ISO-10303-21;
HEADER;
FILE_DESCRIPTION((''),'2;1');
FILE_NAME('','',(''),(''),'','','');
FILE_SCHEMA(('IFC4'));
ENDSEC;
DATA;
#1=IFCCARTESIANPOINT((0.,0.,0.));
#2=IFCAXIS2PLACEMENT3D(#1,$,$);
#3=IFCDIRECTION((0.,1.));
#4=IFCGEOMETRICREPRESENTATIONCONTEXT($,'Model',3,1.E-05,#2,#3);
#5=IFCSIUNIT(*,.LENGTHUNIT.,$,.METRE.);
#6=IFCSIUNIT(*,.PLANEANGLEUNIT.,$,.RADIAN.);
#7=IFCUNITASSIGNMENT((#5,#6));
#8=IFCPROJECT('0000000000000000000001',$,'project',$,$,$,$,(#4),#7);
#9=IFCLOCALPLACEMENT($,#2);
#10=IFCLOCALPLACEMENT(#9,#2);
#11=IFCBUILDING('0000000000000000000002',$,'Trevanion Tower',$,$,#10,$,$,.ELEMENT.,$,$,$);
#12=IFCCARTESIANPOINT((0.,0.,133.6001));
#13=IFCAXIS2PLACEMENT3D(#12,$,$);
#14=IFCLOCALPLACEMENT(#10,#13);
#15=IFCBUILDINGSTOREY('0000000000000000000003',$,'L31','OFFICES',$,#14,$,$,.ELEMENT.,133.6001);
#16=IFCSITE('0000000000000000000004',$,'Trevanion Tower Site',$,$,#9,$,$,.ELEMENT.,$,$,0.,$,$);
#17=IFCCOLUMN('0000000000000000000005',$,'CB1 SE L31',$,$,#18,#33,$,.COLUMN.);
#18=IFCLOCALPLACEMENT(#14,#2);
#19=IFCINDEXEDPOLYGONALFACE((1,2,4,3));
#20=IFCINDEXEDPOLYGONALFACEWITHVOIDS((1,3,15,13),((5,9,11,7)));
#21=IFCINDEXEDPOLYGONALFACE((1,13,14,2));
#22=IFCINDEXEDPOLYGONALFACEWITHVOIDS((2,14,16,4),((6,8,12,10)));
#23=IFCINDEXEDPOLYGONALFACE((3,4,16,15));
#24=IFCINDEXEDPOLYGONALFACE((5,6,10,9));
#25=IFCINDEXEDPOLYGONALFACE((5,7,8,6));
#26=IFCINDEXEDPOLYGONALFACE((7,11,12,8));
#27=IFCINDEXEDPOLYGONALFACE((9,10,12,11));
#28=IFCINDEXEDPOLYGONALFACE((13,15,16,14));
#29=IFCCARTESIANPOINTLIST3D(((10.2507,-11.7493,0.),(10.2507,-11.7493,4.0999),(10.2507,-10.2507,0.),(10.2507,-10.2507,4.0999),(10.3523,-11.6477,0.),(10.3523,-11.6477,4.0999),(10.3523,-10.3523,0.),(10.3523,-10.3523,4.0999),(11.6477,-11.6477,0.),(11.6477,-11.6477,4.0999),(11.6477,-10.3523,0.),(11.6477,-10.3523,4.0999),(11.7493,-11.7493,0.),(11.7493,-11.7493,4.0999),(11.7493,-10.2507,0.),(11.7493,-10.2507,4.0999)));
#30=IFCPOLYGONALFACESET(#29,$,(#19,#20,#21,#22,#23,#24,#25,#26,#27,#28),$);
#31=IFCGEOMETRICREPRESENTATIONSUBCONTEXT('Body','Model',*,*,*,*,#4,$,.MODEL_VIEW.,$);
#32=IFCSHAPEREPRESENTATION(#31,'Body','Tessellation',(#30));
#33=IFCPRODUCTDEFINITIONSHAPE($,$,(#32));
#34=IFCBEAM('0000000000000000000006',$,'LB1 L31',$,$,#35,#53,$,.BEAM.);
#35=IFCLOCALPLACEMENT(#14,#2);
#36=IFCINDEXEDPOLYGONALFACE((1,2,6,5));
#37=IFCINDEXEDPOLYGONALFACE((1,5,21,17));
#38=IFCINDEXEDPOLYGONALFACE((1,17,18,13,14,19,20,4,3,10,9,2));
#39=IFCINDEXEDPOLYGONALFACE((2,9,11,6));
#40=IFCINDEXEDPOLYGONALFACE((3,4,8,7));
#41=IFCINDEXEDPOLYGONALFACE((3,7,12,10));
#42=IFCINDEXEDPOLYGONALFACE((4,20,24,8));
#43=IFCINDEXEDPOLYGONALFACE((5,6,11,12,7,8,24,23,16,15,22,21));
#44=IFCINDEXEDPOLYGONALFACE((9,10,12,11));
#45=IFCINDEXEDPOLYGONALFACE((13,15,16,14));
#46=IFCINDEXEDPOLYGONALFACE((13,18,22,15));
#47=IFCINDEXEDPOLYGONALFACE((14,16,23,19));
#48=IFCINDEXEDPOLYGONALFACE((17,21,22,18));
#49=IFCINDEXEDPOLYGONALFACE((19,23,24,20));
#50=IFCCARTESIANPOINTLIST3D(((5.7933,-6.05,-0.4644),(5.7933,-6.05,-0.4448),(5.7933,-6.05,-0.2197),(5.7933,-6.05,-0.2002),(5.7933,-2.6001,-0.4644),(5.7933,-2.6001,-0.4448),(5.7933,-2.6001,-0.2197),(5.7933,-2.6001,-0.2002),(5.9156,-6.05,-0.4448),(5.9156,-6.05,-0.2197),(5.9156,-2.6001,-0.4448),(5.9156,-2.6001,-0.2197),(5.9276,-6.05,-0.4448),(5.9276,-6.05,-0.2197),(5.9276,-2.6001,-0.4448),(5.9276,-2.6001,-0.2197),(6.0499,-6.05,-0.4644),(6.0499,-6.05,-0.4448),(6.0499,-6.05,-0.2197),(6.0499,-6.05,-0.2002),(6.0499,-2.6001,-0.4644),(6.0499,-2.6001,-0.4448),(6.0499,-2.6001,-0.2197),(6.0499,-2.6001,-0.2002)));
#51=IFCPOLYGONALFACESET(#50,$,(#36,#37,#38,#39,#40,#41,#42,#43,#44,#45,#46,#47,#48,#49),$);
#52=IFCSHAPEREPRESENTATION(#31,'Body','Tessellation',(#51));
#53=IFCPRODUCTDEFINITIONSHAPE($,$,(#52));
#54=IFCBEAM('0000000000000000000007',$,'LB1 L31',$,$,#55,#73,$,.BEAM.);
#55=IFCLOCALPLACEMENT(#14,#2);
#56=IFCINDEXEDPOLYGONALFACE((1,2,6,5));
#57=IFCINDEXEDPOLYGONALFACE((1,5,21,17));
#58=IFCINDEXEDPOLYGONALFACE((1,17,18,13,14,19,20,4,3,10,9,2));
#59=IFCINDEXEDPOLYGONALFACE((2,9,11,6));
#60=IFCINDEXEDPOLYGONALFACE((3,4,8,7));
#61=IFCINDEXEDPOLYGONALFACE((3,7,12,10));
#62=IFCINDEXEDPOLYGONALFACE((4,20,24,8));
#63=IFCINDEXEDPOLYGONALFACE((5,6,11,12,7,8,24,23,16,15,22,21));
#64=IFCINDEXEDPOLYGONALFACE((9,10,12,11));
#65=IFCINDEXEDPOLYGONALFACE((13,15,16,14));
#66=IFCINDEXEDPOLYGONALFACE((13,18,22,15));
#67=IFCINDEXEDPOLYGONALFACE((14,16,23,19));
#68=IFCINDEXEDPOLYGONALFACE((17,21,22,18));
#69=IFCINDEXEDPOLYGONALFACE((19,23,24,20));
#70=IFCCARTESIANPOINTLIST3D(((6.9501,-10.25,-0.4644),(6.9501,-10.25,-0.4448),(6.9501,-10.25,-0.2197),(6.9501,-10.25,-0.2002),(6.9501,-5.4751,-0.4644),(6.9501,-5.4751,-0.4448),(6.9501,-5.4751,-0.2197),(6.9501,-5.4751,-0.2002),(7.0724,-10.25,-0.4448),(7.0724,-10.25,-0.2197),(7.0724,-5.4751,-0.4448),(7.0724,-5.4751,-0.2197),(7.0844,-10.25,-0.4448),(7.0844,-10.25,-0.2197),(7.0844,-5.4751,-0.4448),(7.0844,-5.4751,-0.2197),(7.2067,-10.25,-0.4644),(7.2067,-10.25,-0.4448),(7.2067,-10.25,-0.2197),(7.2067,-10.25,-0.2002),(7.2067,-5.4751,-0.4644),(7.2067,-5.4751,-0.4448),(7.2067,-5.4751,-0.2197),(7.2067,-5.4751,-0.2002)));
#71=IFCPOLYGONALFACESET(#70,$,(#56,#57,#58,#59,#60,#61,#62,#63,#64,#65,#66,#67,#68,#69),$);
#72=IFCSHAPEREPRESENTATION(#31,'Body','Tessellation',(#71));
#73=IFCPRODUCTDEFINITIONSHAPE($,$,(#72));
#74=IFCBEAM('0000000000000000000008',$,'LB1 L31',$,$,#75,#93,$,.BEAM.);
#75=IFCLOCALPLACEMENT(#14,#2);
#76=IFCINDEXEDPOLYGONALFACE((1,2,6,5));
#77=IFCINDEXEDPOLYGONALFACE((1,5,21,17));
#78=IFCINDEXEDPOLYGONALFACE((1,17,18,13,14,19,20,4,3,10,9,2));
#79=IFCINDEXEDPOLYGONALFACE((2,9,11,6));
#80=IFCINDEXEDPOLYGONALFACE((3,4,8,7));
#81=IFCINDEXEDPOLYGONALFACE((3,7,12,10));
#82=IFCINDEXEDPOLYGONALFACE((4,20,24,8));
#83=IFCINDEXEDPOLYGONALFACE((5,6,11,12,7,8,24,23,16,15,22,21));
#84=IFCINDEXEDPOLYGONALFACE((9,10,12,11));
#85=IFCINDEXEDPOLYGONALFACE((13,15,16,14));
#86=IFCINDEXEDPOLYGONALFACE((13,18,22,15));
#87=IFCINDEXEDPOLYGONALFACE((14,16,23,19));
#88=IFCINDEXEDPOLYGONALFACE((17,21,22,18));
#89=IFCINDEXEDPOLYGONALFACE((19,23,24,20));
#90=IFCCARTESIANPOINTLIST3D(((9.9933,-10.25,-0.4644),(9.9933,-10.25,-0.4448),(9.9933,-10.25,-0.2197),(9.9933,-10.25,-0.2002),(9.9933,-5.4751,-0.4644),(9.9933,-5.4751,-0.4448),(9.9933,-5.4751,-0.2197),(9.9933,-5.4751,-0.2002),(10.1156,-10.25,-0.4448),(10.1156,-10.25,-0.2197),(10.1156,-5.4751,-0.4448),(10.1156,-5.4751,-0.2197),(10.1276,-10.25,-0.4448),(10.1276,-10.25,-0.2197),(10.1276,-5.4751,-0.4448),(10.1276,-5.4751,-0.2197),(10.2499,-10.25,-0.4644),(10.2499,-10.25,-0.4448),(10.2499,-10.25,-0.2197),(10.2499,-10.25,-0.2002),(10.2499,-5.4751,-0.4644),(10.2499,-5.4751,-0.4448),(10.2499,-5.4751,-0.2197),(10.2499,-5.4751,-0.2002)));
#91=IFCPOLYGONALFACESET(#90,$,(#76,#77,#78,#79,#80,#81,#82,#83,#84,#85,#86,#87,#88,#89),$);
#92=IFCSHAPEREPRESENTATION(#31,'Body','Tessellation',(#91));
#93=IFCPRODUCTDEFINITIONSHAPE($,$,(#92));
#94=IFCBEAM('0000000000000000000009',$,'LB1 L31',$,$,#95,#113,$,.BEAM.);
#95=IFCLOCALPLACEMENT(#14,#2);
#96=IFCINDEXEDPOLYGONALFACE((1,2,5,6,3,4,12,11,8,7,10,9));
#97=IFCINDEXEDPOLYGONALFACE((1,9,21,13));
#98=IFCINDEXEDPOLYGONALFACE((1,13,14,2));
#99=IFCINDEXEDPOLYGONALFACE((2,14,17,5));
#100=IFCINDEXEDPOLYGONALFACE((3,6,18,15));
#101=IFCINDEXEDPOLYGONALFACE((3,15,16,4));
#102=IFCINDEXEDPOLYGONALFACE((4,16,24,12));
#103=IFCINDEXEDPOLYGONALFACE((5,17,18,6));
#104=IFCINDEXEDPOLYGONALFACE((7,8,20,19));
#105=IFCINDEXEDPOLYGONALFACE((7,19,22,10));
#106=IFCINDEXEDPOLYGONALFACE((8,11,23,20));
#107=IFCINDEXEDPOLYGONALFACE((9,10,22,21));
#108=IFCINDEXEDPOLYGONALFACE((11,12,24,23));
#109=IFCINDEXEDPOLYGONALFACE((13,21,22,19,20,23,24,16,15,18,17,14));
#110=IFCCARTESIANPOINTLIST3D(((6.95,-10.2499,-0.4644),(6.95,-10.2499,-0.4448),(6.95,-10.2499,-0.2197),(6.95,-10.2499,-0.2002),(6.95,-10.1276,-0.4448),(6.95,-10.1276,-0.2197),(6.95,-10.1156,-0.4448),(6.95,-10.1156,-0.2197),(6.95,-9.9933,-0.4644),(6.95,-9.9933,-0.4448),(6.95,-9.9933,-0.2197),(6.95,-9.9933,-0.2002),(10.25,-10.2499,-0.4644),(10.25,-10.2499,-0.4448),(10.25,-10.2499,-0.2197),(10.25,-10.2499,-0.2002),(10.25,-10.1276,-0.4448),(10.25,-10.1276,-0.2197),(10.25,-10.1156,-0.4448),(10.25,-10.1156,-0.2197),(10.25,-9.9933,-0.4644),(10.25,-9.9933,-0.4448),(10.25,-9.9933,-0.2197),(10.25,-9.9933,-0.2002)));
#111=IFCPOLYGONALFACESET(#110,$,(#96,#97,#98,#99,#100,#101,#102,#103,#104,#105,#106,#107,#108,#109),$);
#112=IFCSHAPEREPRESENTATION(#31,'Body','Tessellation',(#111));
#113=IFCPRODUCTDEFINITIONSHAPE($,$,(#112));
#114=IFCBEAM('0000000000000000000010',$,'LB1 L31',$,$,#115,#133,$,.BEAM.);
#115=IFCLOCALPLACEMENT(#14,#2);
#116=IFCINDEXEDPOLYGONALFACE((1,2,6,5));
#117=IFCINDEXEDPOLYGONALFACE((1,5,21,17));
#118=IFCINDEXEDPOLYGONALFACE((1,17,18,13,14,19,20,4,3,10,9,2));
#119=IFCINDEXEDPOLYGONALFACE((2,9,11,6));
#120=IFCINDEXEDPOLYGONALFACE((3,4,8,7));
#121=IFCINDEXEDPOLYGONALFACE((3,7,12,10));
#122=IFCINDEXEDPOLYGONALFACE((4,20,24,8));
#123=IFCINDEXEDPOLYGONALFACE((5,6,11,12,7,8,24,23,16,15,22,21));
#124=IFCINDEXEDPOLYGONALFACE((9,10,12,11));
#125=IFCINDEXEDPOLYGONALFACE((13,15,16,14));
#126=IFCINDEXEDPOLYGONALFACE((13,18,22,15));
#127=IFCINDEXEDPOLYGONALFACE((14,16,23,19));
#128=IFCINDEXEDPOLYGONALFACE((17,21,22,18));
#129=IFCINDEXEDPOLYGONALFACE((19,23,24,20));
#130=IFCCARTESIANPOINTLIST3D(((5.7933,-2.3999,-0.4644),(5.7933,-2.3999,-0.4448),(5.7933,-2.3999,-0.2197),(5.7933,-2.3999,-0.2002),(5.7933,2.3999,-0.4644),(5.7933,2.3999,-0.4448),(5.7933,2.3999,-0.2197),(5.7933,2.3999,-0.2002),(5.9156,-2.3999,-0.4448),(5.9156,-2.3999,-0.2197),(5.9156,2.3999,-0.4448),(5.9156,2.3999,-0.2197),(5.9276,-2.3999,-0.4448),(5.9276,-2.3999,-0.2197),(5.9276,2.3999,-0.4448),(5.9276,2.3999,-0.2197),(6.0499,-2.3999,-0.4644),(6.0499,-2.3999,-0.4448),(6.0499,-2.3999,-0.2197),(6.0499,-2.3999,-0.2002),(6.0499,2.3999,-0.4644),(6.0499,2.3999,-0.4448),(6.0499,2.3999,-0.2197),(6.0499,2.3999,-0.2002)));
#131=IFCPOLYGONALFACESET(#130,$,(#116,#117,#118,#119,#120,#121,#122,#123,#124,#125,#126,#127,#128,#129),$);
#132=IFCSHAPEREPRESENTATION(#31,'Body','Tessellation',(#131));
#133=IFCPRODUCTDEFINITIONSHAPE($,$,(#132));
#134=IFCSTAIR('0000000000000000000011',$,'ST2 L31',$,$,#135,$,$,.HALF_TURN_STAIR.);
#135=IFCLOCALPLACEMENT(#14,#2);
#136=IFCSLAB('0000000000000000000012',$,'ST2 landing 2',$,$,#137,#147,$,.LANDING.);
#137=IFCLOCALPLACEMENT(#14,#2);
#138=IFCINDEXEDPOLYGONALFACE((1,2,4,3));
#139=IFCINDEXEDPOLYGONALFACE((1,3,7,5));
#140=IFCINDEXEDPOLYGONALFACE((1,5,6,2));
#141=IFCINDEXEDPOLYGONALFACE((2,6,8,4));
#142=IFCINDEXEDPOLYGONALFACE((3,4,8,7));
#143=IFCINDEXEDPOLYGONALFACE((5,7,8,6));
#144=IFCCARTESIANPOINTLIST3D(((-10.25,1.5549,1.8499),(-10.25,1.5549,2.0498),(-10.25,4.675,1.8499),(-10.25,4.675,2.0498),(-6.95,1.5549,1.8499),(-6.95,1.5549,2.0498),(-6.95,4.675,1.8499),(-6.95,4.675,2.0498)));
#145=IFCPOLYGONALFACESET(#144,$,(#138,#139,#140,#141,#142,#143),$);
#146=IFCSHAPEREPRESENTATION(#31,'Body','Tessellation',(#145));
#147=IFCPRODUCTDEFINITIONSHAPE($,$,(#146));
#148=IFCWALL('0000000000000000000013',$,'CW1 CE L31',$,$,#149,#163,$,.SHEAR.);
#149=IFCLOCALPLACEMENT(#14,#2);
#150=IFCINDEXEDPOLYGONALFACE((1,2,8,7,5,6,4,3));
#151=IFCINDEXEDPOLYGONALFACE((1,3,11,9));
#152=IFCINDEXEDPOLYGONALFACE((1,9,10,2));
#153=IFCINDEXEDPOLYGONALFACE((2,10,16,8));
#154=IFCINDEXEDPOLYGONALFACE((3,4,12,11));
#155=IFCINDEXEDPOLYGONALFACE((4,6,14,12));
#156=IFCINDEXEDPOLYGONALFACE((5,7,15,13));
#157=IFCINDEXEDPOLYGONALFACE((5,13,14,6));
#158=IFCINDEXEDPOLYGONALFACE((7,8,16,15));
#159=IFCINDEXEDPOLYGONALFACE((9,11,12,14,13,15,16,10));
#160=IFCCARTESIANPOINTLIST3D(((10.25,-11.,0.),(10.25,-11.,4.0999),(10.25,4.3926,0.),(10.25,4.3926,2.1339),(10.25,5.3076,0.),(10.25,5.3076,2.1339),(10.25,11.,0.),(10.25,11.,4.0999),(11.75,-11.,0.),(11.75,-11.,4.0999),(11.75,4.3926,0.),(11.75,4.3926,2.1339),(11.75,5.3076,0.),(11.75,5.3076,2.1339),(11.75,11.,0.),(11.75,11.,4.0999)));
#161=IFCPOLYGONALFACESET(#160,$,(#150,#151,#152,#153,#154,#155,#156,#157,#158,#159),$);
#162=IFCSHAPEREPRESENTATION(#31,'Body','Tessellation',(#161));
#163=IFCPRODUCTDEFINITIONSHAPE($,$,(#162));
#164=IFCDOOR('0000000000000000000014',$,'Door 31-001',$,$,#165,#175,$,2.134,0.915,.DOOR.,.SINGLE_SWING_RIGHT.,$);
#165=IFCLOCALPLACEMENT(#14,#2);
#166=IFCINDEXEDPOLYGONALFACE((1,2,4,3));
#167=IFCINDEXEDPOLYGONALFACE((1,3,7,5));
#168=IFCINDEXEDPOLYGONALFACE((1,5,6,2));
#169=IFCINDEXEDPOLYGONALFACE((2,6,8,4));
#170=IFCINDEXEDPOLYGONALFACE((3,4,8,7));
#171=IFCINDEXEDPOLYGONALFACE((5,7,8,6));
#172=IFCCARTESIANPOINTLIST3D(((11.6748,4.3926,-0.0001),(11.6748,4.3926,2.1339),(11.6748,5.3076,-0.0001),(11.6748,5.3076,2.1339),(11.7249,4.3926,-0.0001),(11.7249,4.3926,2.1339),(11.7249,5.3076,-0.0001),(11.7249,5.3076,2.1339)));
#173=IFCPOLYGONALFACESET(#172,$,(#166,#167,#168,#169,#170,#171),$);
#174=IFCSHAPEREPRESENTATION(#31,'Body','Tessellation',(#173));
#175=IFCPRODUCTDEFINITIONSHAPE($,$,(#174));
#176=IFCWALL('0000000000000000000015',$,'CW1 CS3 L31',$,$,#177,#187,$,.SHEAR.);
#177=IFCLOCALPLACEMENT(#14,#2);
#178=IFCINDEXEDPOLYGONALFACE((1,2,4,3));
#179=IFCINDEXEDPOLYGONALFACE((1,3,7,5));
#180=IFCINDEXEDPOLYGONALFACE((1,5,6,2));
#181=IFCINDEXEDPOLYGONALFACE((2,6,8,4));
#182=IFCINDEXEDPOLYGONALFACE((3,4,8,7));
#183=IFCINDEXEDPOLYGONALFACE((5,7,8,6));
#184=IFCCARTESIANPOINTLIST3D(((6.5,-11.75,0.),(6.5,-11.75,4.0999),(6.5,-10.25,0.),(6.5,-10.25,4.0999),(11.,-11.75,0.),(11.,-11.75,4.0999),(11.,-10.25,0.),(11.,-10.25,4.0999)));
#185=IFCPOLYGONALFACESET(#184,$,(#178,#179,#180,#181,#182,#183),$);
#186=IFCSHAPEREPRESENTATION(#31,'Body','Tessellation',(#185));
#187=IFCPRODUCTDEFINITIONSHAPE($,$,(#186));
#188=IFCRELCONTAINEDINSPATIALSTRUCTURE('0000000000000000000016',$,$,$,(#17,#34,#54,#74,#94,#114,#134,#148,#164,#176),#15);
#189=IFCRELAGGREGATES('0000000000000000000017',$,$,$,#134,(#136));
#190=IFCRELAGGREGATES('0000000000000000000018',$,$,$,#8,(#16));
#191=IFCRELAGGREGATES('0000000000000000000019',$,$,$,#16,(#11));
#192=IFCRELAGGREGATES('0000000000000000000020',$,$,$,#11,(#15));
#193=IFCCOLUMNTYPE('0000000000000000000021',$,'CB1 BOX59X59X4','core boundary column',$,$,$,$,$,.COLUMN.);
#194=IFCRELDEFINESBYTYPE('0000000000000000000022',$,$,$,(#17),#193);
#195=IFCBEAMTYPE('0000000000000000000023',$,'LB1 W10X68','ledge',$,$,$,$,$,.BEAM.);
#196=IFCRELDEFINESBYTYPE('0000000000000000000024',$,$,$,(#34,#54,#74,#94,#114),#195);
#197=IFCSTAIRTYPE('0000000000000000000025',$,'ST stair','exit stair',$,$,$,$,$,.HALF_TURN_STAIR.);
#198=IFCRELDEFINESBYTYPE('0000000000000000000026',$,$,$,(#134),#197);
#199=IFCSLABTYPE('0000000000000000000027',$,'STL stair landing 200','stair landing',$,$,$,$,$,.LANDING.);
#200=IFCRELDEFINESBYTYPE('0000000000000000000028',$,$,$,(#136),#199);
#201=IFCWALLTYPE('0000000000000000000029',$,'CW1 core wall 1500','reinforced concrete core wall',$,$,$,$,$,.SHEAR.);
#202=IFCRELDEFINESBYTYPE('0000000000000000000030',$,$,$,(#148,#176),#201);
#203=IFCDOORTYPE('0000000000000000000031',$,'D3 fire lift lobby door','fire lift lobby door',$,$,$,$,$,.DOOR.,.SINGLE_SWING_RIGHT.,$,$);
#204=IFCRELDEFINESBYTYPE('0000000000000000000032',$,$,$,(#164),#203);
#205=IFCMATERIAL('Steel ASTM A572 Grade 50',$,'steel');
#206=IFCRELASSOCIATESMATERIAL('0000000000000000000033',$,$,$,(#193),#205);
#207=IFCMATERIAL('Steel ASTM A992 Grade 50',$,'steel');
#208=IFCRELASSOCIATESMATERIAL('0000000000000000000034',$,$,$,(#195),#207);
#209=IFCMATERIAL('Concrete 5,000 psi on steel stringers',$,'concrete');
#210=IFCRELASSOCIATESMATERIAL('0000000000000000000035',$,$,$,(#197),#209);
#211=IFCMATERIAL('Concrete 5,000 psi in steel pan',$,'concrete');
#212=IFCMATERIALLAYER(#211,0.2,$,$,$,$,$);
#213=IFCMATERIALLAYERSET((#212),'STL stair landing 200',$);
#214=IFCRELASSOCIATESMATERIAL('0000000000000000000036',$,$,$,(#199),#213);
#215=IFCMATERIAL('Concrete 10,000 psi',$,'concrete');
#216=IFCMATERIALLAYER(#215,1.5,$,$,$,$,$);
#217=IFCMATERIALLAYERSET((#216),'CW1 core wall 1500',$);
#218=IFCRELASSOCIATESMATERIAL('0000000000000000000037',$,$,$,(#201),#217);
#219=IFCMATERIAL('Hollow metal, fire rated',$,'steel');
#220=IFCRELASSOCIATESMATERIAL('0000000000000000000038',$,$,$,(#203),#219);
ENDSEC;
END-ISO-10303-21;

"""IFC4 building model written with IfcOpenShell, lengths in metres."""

from ifc_helpers import new_model, si_unit, direction, frame, frame_2d, origin, origin_2d, place, context, subcontext, project, spatial, polyline, rectangle, hollow_rectangle, i_section, outline, extrude, material, layer, layer_set, material_profile, profile_set, type_object, element, fill, aggregate, save


model = new_model("IFC4")

# Units and contexts
model_context = context("Model", 3, precision=1e-05, world=origin(), true_north=direction((0.0, 1.0)))
body_context = subcontext(model_context, "Body", "Model", "MODEL_VIEW")
ifc_project = project(units=[si_unit("LENGTHUNIT", "METRE"), si_unit("PLANEANGLEUNIT", "RADIAN")], contexts=[model_context])

# Site, building, storey
site_placement = place(None, origin())
site = spatial("IfcSite", under=ifc_project, at=site_placement, Name="Trevanion Tower Site", CompositionType="ELEMENT", RefElevation=0.0)
building_placement = place(site_placement, origin())
building = spatial("IfcBuilding", under=site, at=building_placement, Name="Trevanion Tower", CompositionType="ELEMENT")
storey_placement = place(building_placement, frame((0.0, 0.0, 133.6001)))
storey = spatial("IfcBuildingStorey", under=building, at=storey_placement, Name="L31", Description="OFFICES", CompositionType="ELEMENT", Elevation=133.6001)

# Column
ifc_material_1 = material(Name="Steel ASTM A572 Grade 50", Category="steel")
ifc_material_profile_1 = material_profile(ifc_material_1, hollow_rectangle(XDim=1.4985, YDim=1.4985, WallThickness=0.1016, at=origin_2d()), Name="BOX59X59X4")
ifc_profile_set_1 = profile_set([ifc_material_profile_1], Name="Steel ASTM A572 Grade 50")
column_type = type_object("IfcColumnType", Name="CB1 BOX59X59X4", Description="core boundary column", PredefinedType="COLUMN", material=ifc_profile_set_1)
column_placement = place(storey_placement, frame((11.0, -11.0, 0.0), z_axis=(0.0, 0.0, 1.0), x_axis=(1.0, 0.0, 0.0)))
element("IfcColumn", 1, at=column_placement, inside=storey, type_object=column_type, Name="CB1 SE L31", PredefinedType="COLUMN", context=body_context, shape_type="SweptSolid", body=[
    extrude(hollow_rectangle(XDim=1.4985, YDim=1.4985, WallThickness=0.1016, at=origin_2d()), origin(), (0.0, 0.0, 1.0), 4.0999),
])

# Beams
ifc_material_2 = material(Name="Steel ASTM A992 Grade 50", Category="steel")
ifc_material_profile_2 = material_profile(ifc_material_2, i_section(OverallWidth=0.2566, OverallDepth=0.2642, WebThickness=0.012, FlangeThickness=0.0195, at=origin_2d()), Name="W10X68")
ifc_profile_set_2 = profile_set([ifc_material_profile_2], Name="Steel ASTM A992 Grade 50")
beam_type = type_object("IfcBeamType", Name="LB1 W10X68", Description="ledge", PredefinedType="BEAM", material=ifc_profile_set_2)
beam_1_placement = place(storey_placement, frame((5.9216, -6.05, -0.3323), z_axis=(0.0, 1.0, 0.0), x_axis=(-1.0, 0.0, 0.0)))
element("IfcBeam", 2, at=beam_1_placement, inside=storey, type_object=beam_type, Name="LB1 L31", PredefinedType="BEAM", context=body_context, shape_type="SweptSolid", body=[
    extrude(i_section(OverallWidth=0.2566, OverallDepth=0.2642, WebThickness=0.012, FlangeThickness=0.0195, at=origin_2d()), origin(), (0.0, 0.0, 1.0), 3.45),
])
for number, where, z_axis, x_axis, name in (
    (3, (7.0784, -10.25, -0.3323), (0.0, 1.0, 0.0), (-1.0, 0.0, 0.0), "LB1 L31"),
    (4, (10.1216, -10.25, -0.3323), (0.0, 1.0, 0.0), (-1.0, 0.0, 0.0), "LB1 L31"),
):
    element("IfcBeam", number, at=place(storey_placement, frame(where, z_axis=z_axis, x_axis=x_axis)), inside=storey, type_object=beam_type, Name=name, PredefinedType="BEAM", context=body_context, shape_type="SweptSolid", body=[
        extrude(i_section(OverallWidth=0.2566, OverallDepth=0.2642, WebThickness=0.012, FlangeThickness=0.0195, at=origin_2d()), origin(), (0.0, 0.0, 1.0), 4.7749),
    ])
beam_2_placement = place(storey_placement, frame((6.95, -10.1216, -0.3323), z_axis=(1.0, 0.0, 0.0), x_axis=(0.0, 1.0, 0.0)))
element("IfcBeam", 5, at=beam_2_placement, inside=storey, type_object=beam_type, Name="LB1 L31", PredefinedType="BEAM", context=body_context, shape_type="SweptSolid", body=[
    extrude(i_section(OverallWidth=0.2566, OverallDepth=0.2642, WebThickness=0.012, FlangeThickness=0.0195, at=origin_2d()), origin(), (0.0, 0.0, 1.0), 3.3),
])
beam_3_placement = place(storey_placement, frame((5.9216, -2.3999, -0.3323), z_axis=(0.0, 1.0, 0.0), x_axis=(-1.0, 0.0, 0.0)))
element("IfcBeam", 6, at=beam_3_placement, inside=storey, type_object=beam_type, Name="LB1 L31", PredefinedType="BEAM", context=body_context, shape_type="SweptSolid", body=[
    extrude(i_section(OverallWidth=0.2566, OverallDepth=0.2642, WebThickness=0.012, FlangeThickness=0.0195, at=origin_2d()), origin(), (0.0, 0.0, 1.0), 4.7998),
])

# Stair, slab
ifc_material_3 = material(Name="Concrete 5,000 psi on steel stringers", Category="concrete")
stair_type = type_object("IfcStairType", Name="ST stair", Description="exit stair", PredefinedType="HALF_TURN_STAIR", material=ifc_material_3)
stair_1_placement = place(storey_placement, origin())
stair_1 = element("IfcStair", 7, at=stair_1_placement, inside=storey, type_object=stair_type, Name="ST2 L31", PredefinedType="HALF_TURN_STAIR")
ifc_material_4 = material(Name="Concrete 5,000 psi in steel pan", Category="concrete")
ifc_layer_1 = layer(ifc_material_4, 0.2)
ifc_layer_set_1 = layer_set([ifc_layer_1], Name="STL stair landing 200")
slab_type = type_object("IfcSlabType", Name="STL stair landing 200", Description="stair landing", PredefinedType="LANDING", material=ifc_layer_set_1)
slab_placement = place(storey_placement, frame((0.0, 0.0, 1.8499)))
slab = element("IfcSlab", 8, at=slab_placement, type_object=slab_type, Name="ST2 landing 2", PredefinedType="LANDING", context=body_context, shape_type="SweptSolid", body=[
    extrude(outline(polyline([(-6.95, 4.675), (-10.25, 4.675), (-10.25, 1.5549), (-6.95, 1.5549), (-6.95, 4.675)])), origin(), (0.0, 0.0, 1.0), 0.2),
])
aggregate(stair_1, [slab])

# Wall, opening, door
ifc_material_5 = material(Name="Concrete 10,000 psi", Category="concrete")
ifc_layer_2 = layer(ifc_material_5, 1.5)
ifc_layer_set_2 = layer_set([ifc_layer_2], Name="CW1 core wall 1500")
wall_type_1 = type_object("IfcWallType", Name="CW1 core wall 1500", Description="reinforced concrete core wall", PredefinedType="SHEAR", material=ifc_layer_set_2)
wall_1_placement = place(storey_placement, frame((11.0, -11.0, 0.0), z_axis=(0.0, 0.0, 1.0), x_axis=(0.0, 1.0, 0.0)))
wall_1 = element("IfcWall", 9, at=wall_1_placement, inside=storey, type_object=wall_type_1, Name="CW1 CE L31", PredefinedType="SHEAR", context=body_context, shape_type="SweptSolid", body=[
    extrude(rectangle(XDim=22.0, YDim=1.5, at=frame_2d((11.0, 0.0))), origin(), (0.0, 0.0, 1.0), 4.0999),
])
opening_1_placement = place(wall_1_placement, frame((15.3926, 0.0, 0.0)))
opening_1 = element("IfcOpeningElement", 10, at=opening_1_placement, cuts=wall_1, PredefinedType="OPENING", context=body_context, shape_type="SweptSolid", body=[
    extrude(rectangle(XDim=0.915, YDim=2.134, at=frame_2d((0.4575, 1.0669))), frame((0.0, 0.76, 0.0), z_axis=(0.0, -1.0, 0.0), x_axis=(1.0, 0.0, 0.0)), (0.0, 0.0, 1.0), 1.52),
])
ifc_material_6 = material(Name="Hollow metal, fire rated", Category="steel")
door_type_1 = type_object("IfcDoorType", Name="D3 fire lift lobby door", Description="fire lift lobby door", OperationType="SINGLE_SWING_RIGHT", PredefinedType="DOOR", material=ifc_material_6)
door_1_placement = place(opening_1_placement, origin())
door_1 = element("IfcDoor", 11, at=door_1_placement, inside=storey, type_object=door_type_1, Name="Door 31-001", OperationType="SINGLE_SWING_RIGHT", OverallHeight=2.134, OverallWidth=0.915, PredefinedType="DOOR", context=body_context, shape_type="SweptSolid", body=[
    extrude(rectangle(XDim=0.915, YDim=2.134, at=frame_2d((0.4575, 1.0669))), frame((0.0, -0.6748, 0.0), z_axis=(0.0, -1.0, 0.0), x_axis=(1.0, 0.0, 0.0)), (0.0, 0.0, 1.0), 0.05),
])
fill(opening_1, door_1)

# Wall
wall_2_placement = place(storey_placement, frame((6.5, -11.0, 0.0), z_axis=(0.0, 0.0, 1.0), x_axis=(1.0, 0.0, 0.0)))
element("IfcWall", 12, at=wall_2_placement, inside=storey, type_object=wall_type_1, Name="CW1 CS3 L31", PredefinedType="SHEAR", context=body_context, shape_type="SweptSolid", body=[
    extrude(rectangle(XDim=4.5, YDim=1.5, at=frame_2d((2.25, 0.0))), origin(), (0.0, 0.0, 1.0), 4.0999),
])

save(model, "model.ifc")
